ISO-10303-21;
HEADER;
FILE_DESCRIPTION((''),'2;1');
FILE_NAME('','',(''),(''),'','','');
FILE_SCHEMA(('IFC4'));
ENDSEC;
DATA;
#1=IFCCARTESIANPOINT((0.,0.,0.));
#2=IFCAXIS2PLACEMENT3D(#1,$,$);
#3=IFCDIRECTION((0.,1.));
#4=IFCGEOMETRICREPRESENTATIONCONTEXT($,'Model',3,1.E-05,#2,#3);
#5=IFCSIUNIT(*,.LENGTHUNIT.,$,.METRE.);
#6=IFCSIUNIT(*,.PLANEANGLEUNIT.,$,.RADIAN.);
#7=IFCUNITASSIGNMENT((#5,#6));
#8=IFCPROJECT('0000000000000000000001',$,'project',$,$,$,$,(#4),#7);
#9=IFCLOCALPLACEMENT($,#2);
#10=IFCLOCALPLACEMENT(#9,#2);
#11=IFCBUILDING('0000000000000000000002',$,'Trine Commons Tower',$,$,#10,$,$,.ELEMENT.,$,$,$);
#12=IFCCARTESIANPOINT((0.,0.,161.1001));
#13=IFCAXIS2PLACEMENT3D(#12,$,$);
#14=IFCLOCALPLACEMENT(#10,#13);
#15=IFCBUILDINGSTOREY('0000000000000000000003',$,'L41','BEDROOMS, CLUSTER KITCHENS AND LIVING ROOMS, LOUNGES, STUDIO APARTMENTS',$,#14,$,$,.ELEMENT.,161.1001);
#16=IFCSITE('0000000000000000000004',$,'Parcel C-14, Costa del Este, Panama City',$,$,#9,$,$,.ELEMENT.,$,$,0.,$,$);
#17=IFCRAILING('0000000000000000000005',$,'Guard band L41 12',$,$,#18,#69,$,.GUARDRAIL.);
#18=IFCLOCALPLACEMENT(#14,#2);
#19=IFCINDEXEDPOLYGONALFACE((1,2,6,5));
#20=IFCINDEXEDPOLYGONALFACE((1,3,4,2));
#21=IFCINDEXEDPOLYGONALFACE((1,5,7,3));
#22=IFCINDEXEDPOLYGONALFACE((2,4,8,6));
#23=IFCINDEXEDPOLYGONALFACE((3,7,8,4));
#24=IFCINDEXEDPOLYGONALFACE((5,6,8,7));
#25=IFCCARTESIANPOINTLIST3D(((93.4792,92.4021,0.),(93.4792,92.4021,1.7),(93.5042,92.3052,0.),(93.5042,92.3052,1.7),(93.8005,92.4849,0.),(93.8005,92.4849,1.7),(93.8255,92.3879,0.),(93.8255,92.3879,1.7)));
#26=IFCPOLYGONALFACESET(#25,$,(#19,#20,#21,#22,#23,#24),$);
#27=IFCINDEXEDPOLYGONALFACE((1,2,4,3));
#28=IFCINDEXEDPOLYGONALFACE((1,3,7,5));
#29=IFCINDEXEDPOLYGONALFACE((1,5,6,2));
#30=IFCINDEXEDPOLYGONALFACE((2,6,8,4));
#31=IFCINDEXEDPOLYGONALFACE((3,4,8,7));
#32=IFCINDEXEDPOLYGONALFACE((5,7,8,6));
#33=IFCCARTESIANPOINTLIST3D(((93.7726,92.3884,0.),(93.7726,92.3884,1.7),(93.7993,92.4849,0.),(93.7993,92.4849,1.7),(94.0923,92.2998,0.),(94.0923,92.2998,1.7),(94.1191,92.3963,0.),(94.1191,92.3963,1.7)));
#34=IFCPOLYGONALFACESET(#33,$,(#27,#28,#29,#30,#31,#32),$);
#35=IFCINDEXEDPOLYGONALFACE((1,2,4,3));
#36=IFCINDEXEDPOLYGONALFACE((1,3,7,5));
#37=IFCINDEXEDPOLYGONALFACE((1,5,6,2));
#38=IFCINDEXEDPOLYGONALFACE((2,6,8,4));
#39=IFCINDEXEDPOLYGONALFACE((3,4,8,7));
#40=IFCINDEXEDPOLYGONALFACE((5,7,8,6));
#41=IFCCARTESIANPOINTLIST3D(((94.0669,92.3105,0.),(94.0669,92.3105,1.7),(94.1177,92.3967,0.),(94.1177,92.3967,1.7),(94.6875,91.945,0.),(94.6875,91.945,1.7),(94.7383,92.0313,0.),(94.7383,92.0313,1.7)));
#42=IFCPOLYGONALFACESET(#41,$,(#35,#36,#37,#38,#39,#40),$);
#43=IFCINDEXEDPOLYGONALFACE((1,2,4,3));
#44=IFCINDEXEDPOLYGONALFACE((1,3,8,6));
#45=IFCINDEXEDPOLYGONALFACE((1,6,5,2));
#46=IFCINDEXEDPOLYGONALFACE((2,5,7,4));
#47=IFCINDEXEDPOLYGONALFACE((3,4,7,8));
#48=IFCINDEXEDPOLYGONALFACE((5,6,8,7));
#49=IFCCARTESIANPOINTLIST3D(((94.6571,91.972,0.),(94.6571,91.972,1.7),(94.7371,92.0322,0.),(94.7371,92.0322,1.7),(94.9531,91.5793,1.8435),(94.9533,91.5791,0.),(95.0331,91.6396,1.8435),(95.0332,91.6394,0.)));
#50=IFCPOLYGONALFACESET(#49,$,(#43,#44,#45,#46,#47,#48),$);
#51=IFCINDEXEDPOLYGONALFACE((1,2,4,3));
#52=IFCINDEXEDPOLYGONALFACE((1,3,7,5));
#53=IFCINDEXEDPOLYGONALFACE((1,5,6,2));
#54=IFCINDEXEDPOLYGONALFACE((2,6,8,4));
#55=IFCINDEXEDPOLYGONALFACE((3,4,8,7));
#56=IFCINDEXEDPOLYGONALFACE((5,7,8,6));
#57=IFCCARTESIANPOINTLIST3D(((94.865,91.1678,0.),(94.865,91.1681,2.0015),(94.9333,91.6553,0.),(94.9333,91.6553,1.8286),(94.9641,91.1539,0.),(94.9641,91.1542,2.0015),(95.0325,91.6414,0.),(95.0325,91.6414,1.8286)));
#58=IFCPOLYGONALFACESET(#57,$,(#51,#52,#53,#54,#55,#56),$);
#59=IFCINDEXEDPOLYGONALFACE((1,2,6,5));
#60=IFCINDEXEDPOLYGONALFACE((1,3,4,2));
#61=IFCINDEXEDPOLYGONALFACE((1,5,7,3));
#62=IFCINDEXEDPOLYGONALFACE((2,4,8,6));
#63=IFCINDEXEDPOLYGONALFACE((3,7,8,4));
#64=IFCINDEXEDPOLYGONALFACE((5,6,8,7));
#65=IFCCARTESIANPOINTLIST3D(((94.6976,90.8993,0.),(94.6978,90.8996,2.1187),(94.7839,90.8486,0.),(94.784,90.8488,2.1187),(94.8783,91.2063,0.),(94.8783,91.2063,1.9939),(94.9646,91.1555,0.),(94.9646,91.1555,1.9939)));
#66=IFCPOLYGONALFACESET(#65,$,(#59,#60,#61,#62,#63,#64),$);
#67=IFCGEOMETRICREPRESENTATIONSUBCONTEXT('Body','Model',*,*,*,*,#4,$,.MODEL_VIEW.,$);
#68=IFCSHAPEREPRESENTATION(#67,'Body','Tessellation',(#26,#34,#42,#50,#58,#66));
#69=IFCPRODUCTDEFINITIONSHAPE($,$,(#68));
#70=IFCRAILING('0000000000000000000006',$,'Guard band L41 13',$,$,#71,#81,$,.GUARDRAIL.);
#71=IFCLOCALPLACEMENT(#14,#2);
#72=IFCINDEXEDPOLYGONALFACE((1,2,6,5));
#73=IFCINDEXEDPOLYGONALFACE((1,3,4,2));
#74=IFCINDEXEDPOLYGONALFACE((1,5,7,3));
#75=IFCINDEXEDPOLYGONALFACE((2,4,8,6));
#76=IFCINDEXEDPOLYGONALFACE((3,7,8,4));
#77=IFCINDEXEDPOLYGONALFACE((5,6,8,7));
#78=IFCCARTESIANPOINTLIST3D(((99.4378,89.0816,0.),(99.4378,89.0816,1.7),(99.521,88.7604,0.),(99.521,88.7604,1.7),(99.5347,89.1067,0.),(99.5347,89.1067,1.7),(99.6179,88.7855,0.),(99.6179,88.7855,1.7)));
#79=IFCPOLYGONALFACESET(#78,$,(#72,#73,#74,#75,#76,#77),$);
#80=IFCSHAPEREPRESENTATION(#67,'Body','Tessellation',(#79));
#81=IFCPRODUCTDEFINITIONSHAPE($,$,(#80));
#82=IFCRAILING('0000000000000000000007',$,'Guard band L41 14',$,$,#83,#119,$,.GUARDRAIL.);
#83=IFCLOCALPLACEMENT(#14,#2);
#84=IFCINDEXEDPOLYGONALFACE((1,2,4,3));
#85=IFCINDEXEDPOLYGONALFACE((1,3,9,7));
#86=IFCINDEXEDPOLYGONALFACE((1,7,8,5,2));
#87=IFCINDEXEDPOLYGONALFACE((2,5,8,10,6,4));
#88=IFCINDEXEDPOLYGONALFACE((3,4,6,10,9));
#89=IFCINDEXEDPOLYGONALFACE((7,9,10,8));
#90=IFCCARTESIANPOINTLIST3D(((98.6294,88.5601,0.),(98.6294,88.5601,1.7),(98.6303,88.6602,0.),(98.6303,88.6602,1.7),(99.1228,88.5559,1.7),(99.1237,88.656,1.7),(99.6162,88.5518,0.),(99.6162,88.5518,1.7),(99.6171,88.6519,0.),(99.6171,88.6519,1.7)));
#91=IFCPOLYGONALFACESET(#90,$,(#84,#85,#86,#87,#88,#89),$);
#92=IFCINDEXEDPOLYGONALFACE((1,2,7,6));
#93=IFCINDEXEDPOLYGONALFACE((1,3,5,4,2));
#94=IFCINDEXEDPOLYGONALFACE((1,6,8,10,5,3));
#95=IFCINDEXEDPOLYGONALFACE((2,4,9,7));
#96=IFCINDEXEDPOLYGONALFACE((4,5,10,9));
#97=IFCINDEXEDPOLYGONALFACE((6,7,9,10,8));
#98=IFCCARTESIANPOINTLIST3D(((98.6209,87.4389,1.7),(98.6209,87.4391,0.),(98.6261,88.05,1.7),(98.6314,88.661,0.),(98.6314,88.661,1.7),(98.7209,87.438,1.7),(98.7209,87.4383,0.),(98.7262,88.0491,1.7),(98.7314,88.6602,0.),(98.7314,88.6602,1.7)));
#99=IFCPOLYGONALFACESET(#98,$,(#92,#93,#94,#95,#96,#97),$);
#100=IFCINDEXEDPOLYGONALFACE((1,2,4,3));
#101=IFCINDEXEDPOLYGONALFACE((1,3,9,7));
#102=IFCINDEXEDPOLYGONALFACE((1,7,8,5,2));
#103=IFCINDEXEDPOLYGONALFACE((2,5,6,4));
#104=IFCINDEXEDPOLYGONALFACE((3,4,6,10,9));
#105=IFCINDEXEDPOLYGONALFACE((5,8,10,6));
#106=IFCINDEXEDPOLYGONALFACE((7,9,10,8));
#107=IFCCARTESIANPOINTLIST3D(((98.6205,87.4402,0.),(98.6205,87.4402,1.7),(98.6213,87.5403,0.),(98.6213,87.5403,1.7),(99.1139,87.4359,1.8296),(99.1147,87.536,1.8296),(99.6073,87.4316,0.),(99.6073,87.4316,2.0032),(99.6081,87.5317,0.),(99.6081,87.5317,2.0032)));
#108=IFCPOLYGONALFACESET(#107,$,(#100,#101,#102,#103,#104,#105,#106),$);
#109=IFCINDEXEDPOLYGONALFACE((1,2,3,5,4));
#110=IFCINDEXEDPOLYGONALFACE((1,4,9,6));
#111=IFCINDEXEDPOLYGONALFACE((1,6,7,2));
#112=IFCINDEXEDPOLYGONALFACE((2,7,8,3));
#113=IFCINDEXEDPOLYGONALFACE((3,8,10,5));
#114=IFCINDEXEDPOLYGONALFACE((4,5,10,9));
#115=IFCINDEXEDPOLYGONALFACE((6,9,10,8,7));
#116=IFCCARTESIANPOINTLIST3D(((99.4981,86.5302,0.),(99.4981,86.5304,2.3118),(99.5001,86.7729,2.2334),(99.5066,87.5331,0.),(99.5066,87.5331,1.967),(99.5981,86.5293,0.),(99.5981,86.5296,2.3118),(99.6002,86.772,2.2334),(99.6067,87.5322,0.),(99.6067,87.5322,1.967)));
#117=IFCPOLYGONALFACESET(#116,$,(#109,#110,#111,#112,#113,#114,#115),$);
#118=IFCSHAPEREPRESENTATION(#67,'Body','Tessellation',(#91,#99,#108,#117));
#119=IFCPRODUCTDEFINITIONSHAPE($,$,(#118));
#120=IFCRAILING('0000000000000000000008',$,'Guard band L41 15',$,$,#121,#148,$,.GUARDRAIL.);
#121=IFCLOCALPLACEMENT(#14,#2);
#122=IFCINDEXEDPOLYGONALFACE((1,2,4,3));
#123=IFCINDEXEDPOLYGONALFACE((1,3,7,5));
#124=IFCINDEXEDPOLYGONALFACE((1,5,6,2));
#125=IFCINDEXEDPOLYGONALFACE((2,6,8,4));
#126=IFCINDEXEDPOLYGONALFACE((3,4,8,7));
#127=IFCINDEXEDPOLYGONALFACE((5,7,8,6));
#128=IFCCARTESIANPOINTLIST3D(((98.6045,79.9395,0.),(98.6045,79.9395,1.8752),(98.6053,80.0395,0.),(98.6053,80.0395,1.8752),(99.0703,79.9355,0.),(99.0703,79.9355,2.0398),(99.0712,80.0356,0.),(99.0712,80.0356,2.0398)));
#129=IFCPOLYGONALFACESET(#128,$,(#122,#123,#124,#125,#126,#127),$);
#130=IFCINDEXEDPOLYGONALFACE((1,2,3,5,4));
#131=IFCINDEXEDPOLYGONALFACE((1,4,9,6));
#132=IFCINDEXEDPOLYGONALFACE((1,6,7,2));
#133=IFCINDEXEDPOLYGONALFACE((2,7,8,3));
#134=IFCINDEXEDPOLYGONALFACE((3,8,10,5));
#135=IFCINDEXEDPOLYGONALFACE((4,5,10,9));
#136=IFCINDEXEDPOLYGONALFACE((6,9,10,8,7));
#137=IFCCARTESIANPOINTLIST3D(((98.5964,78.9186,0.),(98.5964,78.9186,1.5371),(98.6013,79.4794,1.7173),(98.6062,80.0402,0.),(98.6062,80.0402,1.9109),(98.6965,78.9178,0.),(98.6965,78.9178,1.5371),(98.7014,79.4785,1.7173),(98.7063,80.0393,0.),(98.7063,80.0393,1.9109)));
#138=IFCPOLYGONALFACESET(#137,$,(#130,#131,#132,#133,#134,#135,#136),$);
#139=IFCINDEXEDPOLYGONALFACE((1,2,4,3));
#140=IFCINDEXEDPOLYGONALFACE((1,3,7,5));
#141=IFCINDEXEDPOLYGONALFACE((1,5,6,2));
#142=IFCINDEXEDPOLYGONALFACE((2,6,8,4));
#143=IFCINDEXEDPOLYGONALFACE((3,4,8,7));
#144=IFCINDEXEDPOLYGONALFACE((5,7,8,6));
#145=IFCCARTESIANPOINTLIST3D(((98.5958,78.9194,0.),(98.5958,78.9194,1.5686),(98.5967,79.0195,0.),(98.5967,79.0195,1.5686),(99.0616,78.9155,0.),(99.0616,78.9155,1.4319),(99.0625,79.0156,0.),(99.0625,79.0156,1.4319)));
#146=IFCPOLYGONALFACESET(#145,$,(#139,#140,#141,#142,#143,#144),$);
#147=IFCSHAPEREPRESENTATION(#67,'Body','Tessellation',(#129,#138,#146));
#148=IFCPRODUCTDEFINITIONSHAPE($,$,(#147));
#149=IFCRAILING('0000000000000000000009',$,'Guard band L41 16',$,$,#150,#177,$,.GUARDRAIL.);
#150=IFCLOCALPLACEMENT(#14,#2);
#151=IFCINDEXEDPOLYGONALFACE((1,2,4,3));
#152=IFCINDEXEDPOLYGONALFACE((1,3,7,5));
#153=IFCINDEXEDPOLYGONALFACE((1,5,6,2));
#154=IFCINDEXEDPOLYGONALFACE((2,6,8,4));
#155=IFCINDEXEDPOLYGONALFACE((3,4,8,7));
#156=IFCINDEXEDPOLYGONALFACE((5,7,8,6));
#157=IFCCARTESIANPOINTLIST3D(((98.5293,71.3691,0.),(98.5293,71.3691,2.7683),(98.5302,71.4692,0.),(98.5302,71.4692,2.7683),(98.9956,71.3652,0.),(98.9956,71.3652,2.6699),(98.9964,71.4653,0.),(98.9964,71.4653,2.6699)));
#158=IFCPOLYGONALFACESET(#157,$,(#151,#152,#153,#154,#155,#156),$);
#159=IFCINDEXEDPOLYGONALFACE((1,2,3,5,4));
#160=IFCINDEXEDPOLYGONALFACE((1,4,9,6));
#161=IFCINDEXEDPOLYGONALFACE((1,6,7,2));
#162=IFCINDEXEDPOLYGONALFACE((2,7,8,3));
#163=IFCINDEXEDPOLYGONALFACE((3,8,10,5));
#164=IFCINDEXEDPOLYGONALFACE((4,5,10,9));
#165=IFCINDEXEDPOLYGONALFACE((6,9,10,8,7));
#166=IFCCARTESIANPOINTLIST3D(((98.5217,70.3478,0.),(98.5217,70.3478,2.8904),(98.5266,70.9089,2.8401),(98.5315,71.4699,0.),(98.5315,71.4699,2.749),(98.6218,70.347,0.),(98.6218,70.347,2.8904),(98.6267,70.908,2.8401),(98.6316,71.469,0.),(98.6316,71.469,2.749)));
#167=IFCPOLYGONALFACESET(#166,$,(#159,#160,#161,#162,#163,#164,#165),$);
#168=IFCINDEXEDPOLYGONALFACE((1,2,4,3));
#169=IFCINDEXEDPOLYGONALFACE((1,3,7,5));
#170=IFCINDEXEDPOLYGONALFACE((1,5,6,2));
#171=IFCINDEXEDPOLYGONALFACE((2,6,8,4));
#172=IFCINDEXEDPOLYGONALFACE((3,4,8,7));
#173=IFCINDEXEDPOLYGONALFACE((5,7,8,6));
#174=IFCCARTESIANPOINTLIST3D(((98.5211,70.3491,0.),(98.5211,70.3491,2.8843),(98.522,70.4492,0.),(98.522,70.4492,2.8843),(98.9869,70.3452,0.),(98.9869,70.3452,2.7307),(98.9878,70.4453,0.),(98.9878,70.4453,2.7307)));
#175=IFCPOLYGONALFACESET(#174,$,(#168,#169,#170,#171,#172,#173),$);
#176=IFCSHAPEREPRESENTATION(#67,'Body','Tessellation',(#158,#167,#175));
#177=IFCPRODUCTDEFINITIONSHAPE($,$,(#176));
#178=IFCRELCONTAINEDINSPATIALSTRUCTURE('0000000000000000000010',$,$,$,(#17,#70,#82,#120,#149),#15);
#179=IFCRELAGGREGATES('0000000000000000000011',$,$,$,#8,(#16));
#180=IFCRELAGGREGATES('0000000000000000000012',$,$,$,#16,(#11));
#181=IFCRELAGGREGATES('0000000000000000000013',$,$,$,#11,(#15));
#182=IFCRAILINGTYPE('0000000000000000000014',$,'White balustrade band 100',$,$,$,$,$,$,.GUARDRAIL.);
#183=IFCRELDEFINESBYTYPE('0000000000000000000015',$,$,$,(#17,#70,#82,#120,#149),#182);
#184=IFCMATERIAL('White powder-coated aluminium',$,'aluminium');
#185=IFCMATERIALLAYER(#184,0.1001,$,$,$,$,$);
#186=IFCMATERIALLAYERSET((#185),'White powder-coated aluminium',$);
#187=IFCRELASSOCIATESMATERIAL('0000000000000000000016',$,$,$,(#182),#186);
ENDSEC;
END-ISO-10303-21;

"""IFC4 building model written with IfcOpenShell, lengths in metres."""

from ifc_helpers import new_model, entity, si_unit, direction, frame, origin, place, context, subcontext, project, spatial, polyline, outline, extrude, material, layer, layer_set, type_object, element, save


model = new_model("IFC4")

# Units and contexts
model_context = context("Model", 3, precision=1e-05, world=origin(), true_north=direction((0.0, 1.0)))
body_context = subcontext(model_context, "Body", "Model", "MODEL_VIEW")
ifc_project = project(units=[si_unit("LENGTHUNIT", "METRE"), si_unit("PLANEANGLEUNIT", "RADIAN")], contexts=[model_context])

# Site, building, storey
site_placement = place(None, origin())
site = spatial("IfcSite", under=ifc_project, at=site_placement, Name="Parcel C-14, Costa del Este, Panama City", CompositionType="ELEMENT", RefElevation=0.0)
building_placement = place(site_placement, origin())
building = spatial("IfcBuilding", under=site, at=building_placement, Name="Trine Commons Tower", CompositionType="ELEMENT")
storey_placement = place(building_placement, frame((0.0, 0.0, 161.1001)))
storey = spatial("IfcBuildingStorey", under=building, at=storey_placement, Name="L41", Description="BEDROOMS, CLUSTER KITCHENS AND LIVING ROOMS, LOUNGES, STUDIO APARTMENTS", CompositionType="ELEMENT", Elevation=161.1001)

# Railings
ifc_material_1 = material(Name="White powder-coated aluminium", Category="aluminium")
ifc_layer_1 = layer(ifc_material_1, 0.1001)
ifc_layer_set_1 = layer_set([ifc_layer_1], Name="White powder-coated aluminium")
railing_type = type_object("IfcRailingType", Name="White balustrade band 100", PredefinedType="GUARDRAIL", material=ifc_layer_set_1)
cartesian_point = entity("IfcCartesianPoint", [0.0, 0.0])
shared_polyline = entity("IfcPolyline", [cartesian_point, entity("IfcCartesianPoint", [0.3318, 0.0]), entity("IfcCartesianPoint", [0.3318, 1.7]), entity("IfcCartesianPoint", [0.0, 1.7]), cartesian_point])
railing_1_placement = place(storey_placement, origin())
element("IfcRailing", 1, at=railing_1_placement, inside=storey, type_object=railing_type, Name="Guard band L41 12", PredefinedType="GUARDRAIL", context=body_context, shape_type="SweptSolid", body=[
    entity("IfcExtrudedAreaSolid", entity("IfcArbitraryClosedProfileDef", "AREA", None, shared_polyline), entity("IfcAxis2Placement3D", entity("IfcCartesianPoint", [93.4792, 92.4021, 0.0]), entity("IfcDirection", [0.249455, -0.968386, 0.0]), entity("IfcDirection", [0.968386, 0.249455, 0.0])), entity("IfcDirection", [0.0, 0.0, 1.0]), 0.1001),
    entity("IfcExtrudedAreaSolid", entity("IfcArbitraryClosedProfileDef", "AREA", None, shared_polyline), entity("IfcAxis2Placement3D", entity("IfcCartesianPoint", [93.7993, 92.4849, 0.0]), entity("IfcDirection", [-0.267037, -0.963686, 0.0]), entity("IfcDirection", [0.963686, -0.267037, 0.0])), entity("IfcDirection", [0.0, 0.0, 1.0]), 0.1001),
    extrude(outline(polyline([(0.0, 0.0), (0.7202, 0.0), (0.7202, 1.7), (0.0, 1.7), (0.0, 0.0)])), frame((94.1177, 92.3967, 0.0), z_axis=(-0.50745, -0.861681, 0.0), x_axis=(0.861681, -0.50745, 0.0)), (0.0, 0.0, 1.0), 0.1001),
    extrude(outline(polyline([(0.0, 0.0), (0.4919, 0.0), (0.4917, 1.8435), (0.0, 1.7), (0.0, 0.0)])), frame((94.7371, 92.0322, 0.0), z_axis=(-0.798509, -0.601983, 0.0), x_axis=(0.601983, -0.798509, 0.0)), (0.0, 0.0, 1.0), 0.1001),
    extrude(outline(polyline([(0.0, 0.0), (0.4922, 0.0), (0.4919, 2.0015), (0.0, 1.8286), (0.0, 0.0)])), frame((95.0325, 91.6414, 0.0), z_axis=(-0.990304, 0.13892, 0.0), x_axis=(-0.13892, -0.990304, 0.0)), (0.0, 0.0, 1.0), 0.1001),
    extrude(outline(polyline([(0.0, 0.0), (0.3562, 0.0), (0.356, 2.1187), (0.0, 1.9939), (0.0, 0.0)])), frame((94.9646, 91.1555, 0.0), z_axis=(-0.861758, 0.50732, 0.0), x_axis=(-0.50732, -0.861758, 0.0)), (0.0, 0.0, 1.0), 0.1001),
])
railing_2_placement = place(storey_placement, origin())
element("IfcRailing", 2, at=railing_2_placement, inside=storey, type_object=railing_type, Name="Guard band L41 13", PredefinedType="GUARDRAIL", context=body_context, shape_type="SweptSolid", body=[
    extrude(outline(polyline([(0.0, 0.0), (0.3318, 0.0), (0.3318, 1.7), (0.0, 1.7), (0.0, 0.0)])), frame((99.5347, 89.1067, 0.0), z_axis=(-0.96803, -0.250835, 0.0), x_axis=(0.250835, -0.96803, 0.0)), (0.0, 0.0, 1.0), 0.1001),
])
railing_3_placement = place(storey_placement, origin())
element("IfcRailing", 3, at=railing_3_placement, inside=storey, type_object=railing_type, Name="Guard band L41 14", PredefinedType="GUARDRAIL", context=body_context, shape_type="SweptSolid", body=[
    extrude(outline(polyline([(0.0, 0.0), (0.9868, 0.0), (0.9868, 1.7), (0.4934, 1.7), (0.0, 1.7), (0.0, 0.0)])), frame((99.6162, 88.5518, 0.0), z_axis=(0.008411, 0.999965, 0.0), x_axis=(-0.999965, 0.008411, 0.0)), (0.0, 0.0, 1.0), 0.1001),
    extrude(outline(polyline([(0.0, 0.0), (1.2219, 0.0), (1.2222, 1.7), (0.6111, 1.7), (0.0, 1.7), (0.0, 0.0)])), frame((98.7314, 88.6602, 0.0), z_axis=(-0.999963, 0.008591, 0.0), x_axis=(-0.008591, -0.999963, 0.0)), (0.0, 0.0, 1.0), 0.1001),
    extrude(outline(polyline([(0.0, 0.0), (0.9868, 0.0), (0.9868, 2.0032), (0.4934, 1.8296), (0.0, 1.7), (0.0, 0.0)])), frame((98.6213, 87.5403, 0.0), z_axis=(-0.008659, -0.999963, 0.0), x_axis=(0.999963, -0.008659, 0.0)), (0.0, 0.0, 1.0), 0.1001),
    extrude(outline(polyline([(0.0, 0.0), (1.0029, 0.0), (1.0027, 2.3118), (0.7603, 2.2334), (0.0, 1.967), (0.0, 0.0)])), frame((99.6067, 87.5322, 0.0), z_axis=(-0.999964, 0.00852, 0.0), x_axis=(-0.00852, -0.999964, 0.0)), (0.0, 0.0, 1.0), 0.1001),
])
railing_4_placement = place(storey_placement, origin())
element("IfcRailing", 4, at=railing_4_placement, inside=storey, type_object=railing_type, Name="Guard band L41 15", PredefinedType="GUARDRAIL", context=body_context, shape_type="SweptSolid", body=[
    extrude(outline(polyline([(0.0, 0.0), (0.4658, 0.0), (0.4658, 1.8752), (0.4658, 1.8752), (0.0, 2.0398), (0.0, 0.0)])), frame((99.0703, 79.9355, 0.0), z_axis=(0.008385, 0.999965, 0.0), x_axis=(-0.999965, 0.008385, 0.0)), (0.0, 0.0, 1.0), 0.1001),
    extrude(outline(polyline([(0.0, 0.0), (1.1216, 0.0), (1.1216, 1.5371), (0.5608, 1.7173), (0.0, 1.9109), (0.0, 0.0)])), frame((98.7063, 80.0393, 0.0), z_axis=(-0.999962, 0.008707, 0.0), x_axis=(-0.008707, -0.999962, 0.0)), (0.0, 0.0, 1.0), 0.1001),
    extrude(outline(polyline([(0.0, 0.0), (0.4658, 0.0), (0.4658, 1.4319), (0.0, 1.5686), (0.0, 0.0)])), frame((98.5967, 79.0195, 0.0), z_axis=(-0.008385, -0.999965, 0.0), x_axis=(0.999965, -0.008385, 0.0)), (0.0, 0.0, 1.0), 0.1001),
])
railing_5_placement = place(storey_placement, origin())
element("IfcRailing", 5, at=railing_5_placement, inside=storey, type_object=railing_type, Name="Guard band L41 16", PredefinedType="GUARDRAIL", context=body_context, shape_type="SweptSolid", body=[
    extrude(outline(polyline([(0.0, 0.0), (0.4663, 0.0), (0.4663, 2.7683), (0.0, 2.6699), (0.0, 0.0)])), frame((98.9956, 71.3652, 0.0), z_axis=(0.008377, 0.999965, 0.0), x_axis=(-0.999965, 0.008377, 0.0)), (0.0, 0.0, 1.0), 0.1001),
    extrude(outline(polyline([(0.0, 0.0), (1.1221, 0.0), (1.1221, 2.8904), (0.561, 2.8401), (0.0, 2.749), (0.0, 0.0)])), frame((98.6316, 71.469, 0.0), z_axis=(-0.999962, 0.008703, 0.0), x_axis=(-0.008703, -0.999962, 0.0)), (0.0, 0.0, 1.0), 0.1001),
    extrude(outline(polyline([(0.0, 0.0), (0.4658, 0.0), (0.4658, 2.7307), (0.0, 2.8843), (0.0, 0.0)])), frame((98.522, 70.4492, 0.0), z_axis=(-0.008385, -0.999965, 0.0), x_axis=(0.999965, -0.008385, 0.0)), (0.0, 0.0, 1.0), 0.1001),
])

save(model, "model.ifc")
